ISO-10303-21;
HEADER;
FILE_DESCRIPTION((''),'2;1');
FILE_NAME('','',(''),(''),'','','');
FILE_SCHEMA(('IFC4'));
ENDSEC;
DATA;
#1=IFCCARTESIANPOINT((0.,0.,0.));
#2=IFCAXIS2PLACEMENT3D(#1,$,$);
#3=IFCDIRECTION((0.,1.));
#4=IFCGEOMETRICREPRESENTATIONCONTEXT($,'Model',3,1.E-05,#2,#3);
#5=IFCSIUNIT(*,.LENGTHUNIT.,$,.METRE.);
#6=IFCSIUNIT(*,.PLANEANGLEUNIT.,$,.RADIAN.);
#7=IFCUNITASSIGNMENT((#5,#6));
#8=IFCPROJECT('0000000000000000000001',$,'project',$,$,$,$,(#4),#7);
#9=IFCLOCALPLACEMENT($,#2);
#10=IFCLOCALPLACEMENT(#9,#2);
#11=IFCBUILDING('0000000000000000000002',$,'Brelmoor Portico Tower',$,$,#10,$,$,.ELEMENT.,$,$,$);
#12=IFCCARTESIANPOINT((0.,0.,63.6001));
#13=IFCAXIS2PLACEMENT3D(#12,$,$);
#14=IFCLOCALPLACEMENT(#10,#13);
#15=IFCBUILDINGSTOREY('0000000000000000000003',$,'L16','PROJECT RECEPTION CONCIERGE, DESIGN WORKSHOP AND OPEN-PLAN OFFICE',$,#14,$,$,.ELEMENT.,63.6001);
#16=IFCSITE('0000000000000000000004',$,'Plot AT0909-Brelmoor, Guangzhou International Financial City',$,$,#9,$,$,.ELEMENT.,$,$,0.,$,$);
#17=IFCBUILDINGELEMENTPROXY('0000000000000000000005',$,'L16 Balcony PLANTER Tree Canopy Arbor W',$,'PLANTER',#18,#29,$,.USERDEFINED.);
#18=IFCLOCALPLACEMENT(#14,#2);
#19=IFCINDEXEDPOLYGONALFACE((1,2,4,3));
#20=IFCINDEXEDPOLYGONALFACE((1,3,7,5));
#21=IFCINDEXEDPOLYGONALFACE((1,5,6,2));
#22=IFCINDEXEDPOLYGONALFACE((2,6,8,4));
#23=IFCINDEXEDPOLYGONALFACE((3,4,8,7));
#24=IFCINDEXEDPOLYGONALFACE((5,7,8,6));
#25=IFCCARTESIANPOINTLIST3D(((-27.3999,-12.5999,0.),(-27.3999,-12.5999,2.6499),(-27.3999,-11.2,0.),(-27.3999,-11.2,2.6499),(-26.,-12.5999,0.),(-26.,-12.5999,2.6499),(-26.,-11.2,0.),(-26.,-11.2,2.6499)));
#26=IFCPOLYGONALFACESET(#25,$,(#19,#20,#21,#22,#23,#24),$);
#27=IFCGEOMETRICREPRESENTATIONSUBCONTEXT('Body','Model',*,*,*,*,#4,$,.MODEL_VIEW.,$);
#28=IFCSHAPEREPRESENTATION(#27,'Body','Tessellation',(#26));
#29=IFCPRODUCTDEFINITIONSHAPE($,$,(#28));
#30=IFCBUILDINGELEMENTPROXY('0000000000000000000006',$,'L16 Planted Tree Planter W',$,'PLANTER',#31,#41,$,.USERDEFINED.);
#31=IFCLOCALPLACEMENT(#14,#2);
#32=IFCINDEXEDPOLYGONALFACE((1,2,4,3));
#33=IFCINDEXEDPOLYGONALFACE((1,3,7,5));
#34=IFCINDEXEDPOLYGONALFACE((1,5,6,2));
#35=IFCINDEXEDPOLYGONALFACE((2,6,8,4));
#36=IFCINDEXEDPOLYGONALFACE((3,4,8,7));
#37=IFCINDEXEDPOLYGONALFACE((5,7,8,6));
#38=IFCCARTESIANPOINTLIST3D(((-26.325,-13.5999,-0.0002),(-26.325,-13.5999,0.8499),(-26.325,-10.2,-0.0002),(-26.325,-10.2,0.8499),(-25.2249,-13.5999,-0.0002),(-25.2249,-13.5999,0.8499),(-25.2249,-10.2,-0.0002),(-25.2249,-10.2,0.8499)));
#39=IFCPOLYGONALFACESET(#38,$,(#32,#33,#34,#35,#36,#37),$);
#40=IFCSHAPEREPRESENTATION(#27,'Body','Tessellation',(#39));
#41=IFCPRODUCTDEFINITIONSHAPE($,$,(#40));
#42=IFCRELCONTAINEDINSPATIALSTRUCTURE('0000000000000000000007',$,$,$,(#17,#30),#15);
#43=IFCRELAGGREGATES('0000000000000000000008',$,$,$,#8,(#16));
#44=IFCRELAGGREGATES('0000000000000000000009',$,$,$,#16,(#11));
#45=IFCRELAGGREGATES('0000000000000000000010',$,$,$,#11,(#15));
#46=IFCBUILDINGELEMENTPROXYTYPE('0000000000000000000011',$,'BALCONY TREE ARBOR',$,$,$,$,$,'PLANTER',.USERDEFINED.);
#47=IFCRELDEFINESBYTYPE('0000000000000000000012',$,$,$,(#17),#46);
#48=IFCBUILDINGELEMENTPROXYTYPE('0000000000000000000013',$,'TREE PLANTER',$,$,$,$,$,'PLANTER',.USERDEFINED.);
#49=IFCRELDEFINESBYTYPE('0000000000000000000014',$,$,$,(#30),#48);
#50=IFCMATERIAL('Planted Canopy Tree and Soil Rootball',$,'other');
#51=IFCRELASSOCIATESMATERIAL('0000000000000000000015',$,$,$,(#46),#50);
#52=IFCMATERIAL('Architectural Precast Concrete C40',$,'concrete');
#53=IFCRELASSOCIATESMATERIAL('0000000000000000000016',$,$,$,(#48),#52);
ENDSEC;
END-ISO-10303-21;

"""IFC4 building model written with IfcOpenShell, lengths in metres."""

from ifc_helpers import new_model, si_unit, direction, frame, origin, origin_2d, place, context, subcontext, project, spatial, rectangle, extrude, material, type_object, element, save


model = new_model("IFC4")

# Units and contexts
model_context = context("Model", 3, precision=1e-05, world=origin(), true_north=direction((0.0, 1.0)))
body_context = subcontext(model_context, "Body", "Model", "MODEL_VIEW")
ifc_project = project(units=[si_unit("LENGTHUNIT", "METRE"), si_unit("PLANEANGLEUNIT", "RADIAN")], contexts=[model_context])

# Site, building, storey
site_placement = place(None, origin())
site = spatial("IfcSite", under=ifc_project, at=site_placement, Name="Plot AT0909-Brelmoor, Guangzhou International Financial City", CompositionType="ELEMENT", RefElevation=0.0)
building_placement = place(site_placement, origin())
building = spatial("IfcBuilding", under=site, at=building_placement, Name="Brelmoor Portico Tower", CompositionType="ELEMENT")
storey_placement = place(building_placement, frame((0.0, 0.0, 63.6001)))
storey = spatial("IfcBuildingStorey", under=building, at=storey_placement, Name="L16", Description="PROJECT RECEPTION CONCIERGE, DESIGN WORKSHOP AND OPEN-PLAN OFFICE", CompositionType="ELEMENT", Elevation=63.6001)

# Building element proxies
ifc_material_1 = material(Name="Planted Canopy Tree and Soil Rootball", Category="other")
building_element_proxy_type_1 = type_object("IfcBuildingElementProxyType", Name="BALCONY TREE ARBOR", ElementType="PLANTER", PredefinedType="USERDEFINED", material=ifc_material_1)
proxy_1_placement = place(storey_placement, frame((-26.7, -11.8999, 0.0), z_axis=(0.0, 0.0, 1.0), x_axis=(1.0, 0.0, 0.0)))
element("IfcBuildingElementProxy", 1, at=proxy_1_placement, inside=storey, type_object=building_element_proxy_type_1, Name="L16 Balcony PLANTER Tree Canopy Arbor W", ObjectType="PLANTER", PredefinedType="USERDEFINED", context=body_context, shape_type="SweptSolid", body=[
    extrude(rectangle(XDim=1.3999, YDim=1.3999, at=origin_2d()), origin(), (0.0, 0.0, 1.0), 2.6499),
])
ifc_material_2 = material(Name="Architectural Precast Concrete C40", Category="concrete")
building_element_proxy_type_2 = type_object("IfcBuildingElementProxyType", Name="TREE PLANTER", ElementType="PLANTER", PredefinedType="USERDEFINED", material=ifc_material_2)
proxy_2_placement = place(storey_placement, frame((-25.7749, -11.8999, -0.0002), z_axis=(0.0, 0.0, 1.0), x_axis=(0.0, 1.0, 0.0)))
element("IfcBuildingElementProxy", 2, at=proxy_2_placement, inside=storey, type_object=building_element_proxy_type_2, Name="L16 Planted Tree Planter W", ObjectType="PLANTER", PredefinedType="USERDEFINED", context=body_context, shape_type="SweptSolid", body=[
    extrude(rectangle(XDim=3.3999, YDim=1.1001, at=origin_2d()), origin(), (0.0, 0.0, 1.0), 0.8501),
])

save(model, "model.ifc")
